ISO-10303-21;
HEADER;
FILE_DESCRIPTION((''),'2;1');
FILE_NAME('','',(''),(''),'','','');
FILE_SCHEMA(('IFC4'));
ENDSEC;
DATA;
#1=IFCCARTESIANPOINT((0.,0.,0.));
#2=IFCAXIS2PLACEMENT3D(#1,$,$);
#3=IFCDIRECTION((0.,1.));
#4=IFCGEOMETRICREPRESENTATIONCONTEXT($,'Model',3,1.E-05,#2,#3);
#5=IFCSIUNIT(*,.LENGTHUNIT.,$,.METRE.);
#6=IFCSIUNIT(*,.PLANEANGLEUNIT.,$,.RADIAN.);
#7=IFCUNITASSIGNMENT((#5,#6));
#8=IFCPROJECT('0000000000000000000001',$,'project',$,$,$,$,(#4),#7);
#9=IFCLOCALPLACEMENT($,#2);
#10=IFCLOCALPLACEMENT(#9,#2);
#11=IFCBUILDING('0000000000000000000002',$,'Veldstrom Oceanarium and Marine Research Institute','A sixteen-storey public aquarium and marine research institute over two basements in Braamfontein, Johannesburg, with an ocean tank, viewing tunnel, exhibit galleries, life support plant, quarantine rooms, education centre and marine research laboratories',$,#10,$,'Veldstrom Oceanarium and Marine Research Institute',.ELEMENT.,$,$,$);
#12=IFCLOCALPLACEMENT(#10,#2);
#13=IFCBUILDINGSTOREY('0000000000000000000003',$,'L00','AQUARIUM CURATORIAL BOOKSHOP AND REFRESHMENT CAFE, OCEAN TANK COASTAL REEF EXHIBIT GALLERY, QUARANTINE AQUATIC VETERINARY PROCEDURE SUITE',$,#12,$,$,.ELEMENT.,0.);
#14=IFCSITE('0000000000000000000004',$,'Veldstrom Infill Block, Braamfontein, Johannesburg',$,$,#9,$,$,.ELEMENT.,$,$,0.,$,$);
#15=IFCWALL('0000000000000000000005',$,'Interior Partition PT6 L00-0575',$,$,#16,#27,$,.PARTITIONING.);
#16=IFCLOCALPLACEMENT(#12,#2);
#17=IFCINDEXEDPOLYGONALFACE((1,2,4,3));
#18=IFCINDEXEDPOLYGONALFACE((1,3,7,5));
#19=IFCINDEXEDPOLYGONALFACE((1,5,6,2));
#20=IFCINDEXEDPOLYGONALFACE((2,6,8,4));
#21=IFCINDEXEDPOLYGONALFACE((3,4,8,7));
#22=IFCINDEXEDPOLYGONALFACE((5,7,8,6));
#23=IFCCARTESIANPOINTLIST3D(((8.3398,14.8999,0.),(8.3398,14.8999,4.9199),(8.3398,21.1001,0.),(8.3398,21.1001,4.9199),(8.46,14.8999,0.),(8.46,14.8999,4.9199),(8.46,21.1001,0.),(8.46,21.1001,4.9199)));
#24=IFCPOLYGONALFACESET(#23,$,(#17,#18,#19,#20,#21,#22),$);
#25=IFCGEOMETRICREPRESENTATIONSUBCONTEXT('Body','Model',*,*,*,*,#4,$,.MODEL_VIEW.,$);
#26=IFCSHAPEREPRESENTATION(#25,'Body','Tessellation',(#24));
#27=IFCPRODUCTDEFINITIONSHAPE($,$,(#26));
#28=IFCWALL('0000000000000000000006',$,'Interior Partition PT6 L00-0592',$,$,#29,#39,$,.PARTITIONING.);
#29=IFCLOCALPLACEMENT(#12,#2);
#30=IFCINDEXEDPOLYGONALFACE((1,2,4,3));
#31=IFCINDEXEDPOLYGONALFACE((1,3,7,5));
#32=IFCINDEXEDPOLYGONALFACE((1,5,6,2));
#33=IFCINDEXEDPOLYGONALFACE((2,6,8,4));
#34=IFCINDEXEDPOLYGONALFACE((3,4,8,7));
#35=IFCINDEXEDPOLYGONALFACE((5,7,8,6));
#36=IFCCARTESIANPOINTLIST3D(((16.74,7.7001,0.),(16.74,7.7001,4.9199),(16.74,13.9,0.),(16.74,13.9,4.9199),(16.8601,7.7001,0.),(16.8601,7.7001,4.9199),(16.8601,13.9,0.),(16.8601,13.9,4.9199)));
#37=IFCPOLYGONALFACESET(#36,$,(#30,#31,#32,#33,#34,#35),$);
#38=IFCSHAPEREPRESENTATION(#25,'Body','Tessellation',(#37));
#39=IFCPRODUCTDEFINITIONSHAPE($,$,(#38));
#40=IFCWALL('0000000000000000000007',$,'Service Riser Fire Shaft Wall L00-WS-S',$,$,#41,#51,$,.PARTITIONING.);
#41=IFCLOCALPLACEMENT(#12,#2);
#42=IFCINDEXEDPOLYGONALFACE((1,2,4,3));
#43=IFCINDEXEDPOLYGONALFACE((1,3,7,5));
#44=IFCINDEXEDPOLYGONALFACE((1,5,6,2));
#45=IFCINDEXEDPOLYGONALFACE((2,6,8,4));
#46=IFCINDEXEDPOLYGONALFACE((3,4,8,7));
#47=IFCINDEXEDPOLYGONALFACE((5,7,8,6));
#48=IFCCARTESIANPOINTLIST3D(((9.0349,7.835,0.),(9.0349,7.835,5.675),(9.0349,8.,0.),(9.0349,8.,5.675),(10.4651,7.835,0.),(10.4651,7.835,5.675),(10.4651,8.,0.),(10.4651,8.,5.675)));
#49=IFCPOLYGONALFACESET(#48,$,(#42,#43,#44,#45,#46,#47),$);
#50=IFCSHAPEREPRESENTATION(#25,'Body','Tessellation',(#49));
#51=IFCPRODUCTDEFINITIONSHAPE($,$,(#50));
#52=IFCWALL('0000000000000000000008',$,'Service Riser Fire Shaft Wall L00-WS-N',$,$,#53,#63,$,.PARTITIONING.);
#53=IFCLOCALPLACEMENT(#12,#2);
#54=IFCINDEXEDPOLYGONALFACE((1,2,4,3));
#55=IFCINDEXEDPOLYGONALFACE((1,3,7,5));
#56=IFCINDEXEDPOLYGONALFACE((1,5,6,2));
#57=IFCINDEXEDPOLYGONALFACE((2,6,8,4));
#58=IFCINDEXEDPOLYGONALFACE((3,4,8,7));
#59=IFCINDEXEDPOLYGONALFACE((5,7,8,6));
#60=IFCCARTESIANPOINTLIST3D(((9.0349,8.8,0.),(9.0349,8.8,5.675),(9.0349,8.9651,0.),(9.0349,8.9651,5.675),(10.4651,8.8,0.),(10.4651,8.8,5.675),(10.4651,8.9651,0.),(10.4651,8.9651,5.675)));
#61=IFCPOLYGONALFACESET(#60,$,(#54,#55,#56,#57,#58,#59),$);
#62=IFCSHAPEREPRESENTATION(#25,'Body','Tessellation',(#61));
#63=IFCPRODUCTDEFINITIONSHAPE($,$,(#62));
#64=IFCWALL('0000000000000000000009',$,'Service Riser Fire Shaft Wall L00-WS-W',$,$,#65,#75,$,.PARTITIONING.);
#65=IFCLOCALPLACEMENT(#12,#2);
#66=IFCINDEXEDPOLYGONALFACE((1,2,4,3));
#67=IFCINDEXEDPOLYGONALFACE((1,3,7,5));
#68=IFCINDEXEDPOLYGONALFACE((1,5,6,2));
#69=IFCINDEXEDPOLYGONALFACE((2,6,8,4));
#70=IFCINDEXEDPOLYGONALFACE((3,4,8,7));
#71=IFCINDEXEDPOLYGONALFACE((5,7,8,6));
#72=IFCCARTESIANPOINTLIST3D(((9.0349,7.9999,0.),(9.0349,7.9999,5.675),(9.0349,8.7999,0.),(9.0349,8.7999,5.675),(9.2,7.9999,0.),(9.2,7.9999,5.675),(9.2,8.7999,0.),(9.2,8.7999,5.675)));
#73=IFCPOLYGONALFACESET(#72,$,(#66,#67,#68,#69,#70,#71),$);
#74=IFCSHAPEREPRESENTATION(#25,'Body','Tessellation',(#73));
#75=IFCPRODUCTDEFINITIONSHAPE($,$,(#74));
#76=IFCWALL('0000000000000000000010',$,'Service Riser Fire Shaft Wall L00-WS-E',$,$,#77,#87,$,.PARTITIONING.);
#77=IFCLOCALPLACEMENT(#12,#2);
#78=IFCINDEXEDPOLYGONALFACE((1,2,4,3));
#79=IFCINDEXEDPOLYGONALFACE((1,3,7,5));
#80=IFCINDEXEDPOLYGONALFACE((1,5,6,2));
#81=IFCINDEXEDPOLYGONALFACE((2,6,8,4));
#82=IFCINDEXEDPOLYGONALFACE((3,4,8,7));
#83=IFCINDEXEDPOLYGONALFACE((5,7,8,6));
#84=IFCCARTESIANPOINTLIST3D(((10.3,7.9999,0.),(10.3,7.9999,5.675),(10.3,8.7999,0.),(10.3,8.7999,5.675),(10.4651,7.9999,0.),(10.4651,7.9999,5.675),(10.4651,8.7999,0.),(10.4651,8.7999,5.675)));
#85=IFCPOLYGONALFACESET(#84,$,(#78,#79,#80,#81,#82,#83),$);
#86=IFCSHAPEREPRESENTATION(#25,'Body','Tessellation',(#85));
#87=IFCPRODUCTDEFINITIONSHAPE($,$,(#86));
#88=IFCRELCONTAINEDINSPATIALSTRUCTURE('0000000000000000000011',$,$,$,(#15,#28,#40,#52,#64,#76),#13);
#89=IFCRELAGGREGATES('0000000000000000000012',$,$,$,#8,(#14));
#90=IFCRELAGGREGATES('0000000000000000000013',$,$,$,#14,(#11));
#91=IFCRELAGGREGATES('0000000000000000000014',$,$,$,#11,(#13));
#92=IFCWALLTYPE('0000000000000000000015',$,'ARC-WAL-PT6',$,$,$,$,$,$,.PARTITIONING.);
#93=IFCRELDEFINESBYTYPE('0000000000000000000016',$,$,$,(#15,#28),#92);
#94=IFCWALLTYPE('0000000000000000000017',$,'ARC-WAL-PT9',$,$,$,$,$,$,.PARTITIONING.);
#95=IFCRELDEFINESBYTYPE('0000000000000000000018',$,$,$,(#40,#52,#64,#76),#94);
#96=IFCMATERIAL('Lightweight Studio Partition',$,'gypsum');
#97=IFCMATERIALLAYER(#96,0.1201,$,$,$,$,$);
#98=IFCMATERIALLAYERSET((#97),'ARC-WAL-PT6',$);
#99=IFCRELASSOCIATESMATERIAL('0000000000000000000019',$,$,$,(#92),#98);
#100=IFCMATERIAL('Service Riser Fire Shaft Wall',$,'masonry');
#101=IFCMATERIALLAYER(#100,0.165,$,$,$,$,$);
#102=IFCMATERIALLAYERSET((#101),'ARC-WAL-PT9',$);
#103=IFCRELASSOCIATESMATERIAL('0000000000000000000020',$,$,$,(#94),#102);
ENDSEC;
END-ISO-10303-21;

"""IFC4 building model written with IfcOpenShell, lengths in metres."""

from ifc_helpers import new_model, si_unit, direction, frame, frame_2d, origin, place, context, subcontext, project, spatial, rectangle, extrude, material, layer, layer_set, type_object, element, save


model = new_model("IFC4")

# Units and contexts
model_context = context("Model", 3, precision=1e-05, world=origin(), true_north=direction((0.0, 1.0)))
body_context = subcontext(model_context, "Body", "Model", "MODEL_VIEW")
ifc_project = project(units=[si_unit("LENGTHUNIT", "METRE"), si_unit("PLANEANGLEUNIT", "RADIAN")], contexts=[model_context])

# Site, building, storey
site_placement = place(None, origin())
site = spatial("IfcSite", under=ifc_project, at=site_placement, Name="Veldstrom Infill Block, Braamfontein, Johannesburg", CompositionType="ELEMENT", RefElevation=0.0)
building_placement = place(site_placement, origin())
building = spatial("IfcBuilding", under=site, at=building_placement, Name="Veldstrom Oceanarium and Marine Research Institute", Description="A sixteen-storey public aquarium and marine research institute over two basements in Braamfontein, Johannesburg, with an ocean tank, viewing tunnel, exhibit galleries, life support plant, quarantine rooms, education centre and marine research laboratories", LongName="Veldstrom Oceanarium and Marine Research Institute", CompositionType="ELEMENT")
storey_placement = place(building_placement, origin())
storey = spatial("IfcBuildingStorey", under=building, at=storey_placement, Name="L00", Description="AQUARIUM CURATORIAL BOOKSHOP AND REFRESHMENT CAFE, OCEAN TANK COASTAL REEF EXHIBIT GALLERY, QUARANTINE AQUATIC VETERINARY PROCEDURE SUITE", CompositionType="ELEMENT", Elevation=0.0)

# Walls
ifc_material_1 = material(Name="Lightweight Studio Partition", Category="gypsum")
ifc_layer_1 = layer(ifc_material_1, 0.1201)
ifc_layer_set_1 = layer_set([ifc_layer_1], Name="ARC-WAL-PT6")
wall_type_1 = type_object("IfcWallType", Name="ARC-WAL-PT6", PredefinedType="PARTITIONING", material=ifc_layer_set_1)
wall_1_placement = place(storey_placement, frame((8.3999, 14.8999, 0.0), z_axis=(0.0, 0.0, 1.0), x_axis=(0.0, 1.0, 0.0)))
element("IfcWall", 1, at=wall_1_placement, inside=storey, type_object=wall_type_1, Name="Interior Partition PT6 L00-0575", PredefinedType="PARTITIONING", context=body_context, shape_type="SweptSolid", body=[
    extrude(rectangle(XDim=6.2002, YDim=0.1201, at=frame_2d((3.1001, 0.0))), origin(), (0.0, 0.0, 1.0), 4.9199),
])
wall_2_placement = place(storey_placement, frame((16.8, 7.7, 0.0), z_axis=(0.0, 0.0, 1.0), x_axis=(0.0, 1.0, 0.0)))
element("IfcWall", 2, at=wall_2_placement, inside=storey, type_object=wall_type_1, Name="Interior Partition PT6 L00-0592", PredefinedType="PARTITIONING", context=body_context, shape_type="SweptSolid", body=[
    extrude(rectangle(XDim=6.2, YDim=0.1201, at=frame_2d((3.1001, 0.0))), origin(), (0.0, 0.0, 1.0), 4.9199),
])
ifc_material_2 = material(Name="Service Riser Fire Shaft Wall", Category="masonry")
ifc_layer_2 = layer(ifc_material_2, 0.165)
ifc_layer_set_2 = layer_set([ifc_layer_2], Name="ARC-WAL-PT9")
wall_type_2 = type_object("IfcWallType", Name="ARC-WAL-PT9", PredefinedType="PARTITIONING", material=ifc_layer_set_2)
for number, where, z_axis, x_axis, name in (
    (3, (9.0349, 7.9175, 0.0), (0.0, 0.0, 1.0), (1.0, 0.0, 0.0), "Service Riser Fire Shaft Wall L00-WS-S"),
    (4, (9.0349, 8.8826, 0.0), (0.0, 0.0, 1.0), (1.0, 0.0, 0.0), "Service Riser Fire Shaft Wall L00-WS-N"),
):
    element("IfcWall", number, at=place(storey_placement, frame(where, z_axis=z_axis, x_axis=x_axis)), inside=storey, type_object=wall_type_2, Name=name, PredefinedType="PARTITIONING", context=body_context, shape_type="SweptSolid", body=[
        extrude(rectangle(XDim=1.4302, YDim=0.165, at=frame_2d((0.7151, 0.0))), origin(), (0.0, 0.0, 1.0), 5.675),
    ])
for number, where, z_axis, x_axis, name in (
    (5, (9.1174, 8.0, 0.0), (0.0, 0.0, 1.0), (0.0, 1.0, 0.0), "Service Riser Fire Shaft Wall L00-WS-W"),
    (6, (10.3826, 8.0, 0.0), (0.0, 0.0, 1.0), (0.0, 1.0, 0.0), "Service Riser Fire Shaft Wall L00-WS-E"),
):
    element("IfcWall", number, at=place(storey_placement, frame(where, z_axis=z_axis, x_axis=x_axis)), inside=storey, type_object=wall_type_2, Name=name, PredefinedType="PARTITIONING", context=body_context, shape_type="SweptSolid", body=[
        extrude(rectangle(XDim=0.8, YDim=0.165, at=frame_2d((0.3999, 0.0))), origin(), (0.0, 0.0, 1.0), 5.675),
    ])

save(model, "model.ifc")
